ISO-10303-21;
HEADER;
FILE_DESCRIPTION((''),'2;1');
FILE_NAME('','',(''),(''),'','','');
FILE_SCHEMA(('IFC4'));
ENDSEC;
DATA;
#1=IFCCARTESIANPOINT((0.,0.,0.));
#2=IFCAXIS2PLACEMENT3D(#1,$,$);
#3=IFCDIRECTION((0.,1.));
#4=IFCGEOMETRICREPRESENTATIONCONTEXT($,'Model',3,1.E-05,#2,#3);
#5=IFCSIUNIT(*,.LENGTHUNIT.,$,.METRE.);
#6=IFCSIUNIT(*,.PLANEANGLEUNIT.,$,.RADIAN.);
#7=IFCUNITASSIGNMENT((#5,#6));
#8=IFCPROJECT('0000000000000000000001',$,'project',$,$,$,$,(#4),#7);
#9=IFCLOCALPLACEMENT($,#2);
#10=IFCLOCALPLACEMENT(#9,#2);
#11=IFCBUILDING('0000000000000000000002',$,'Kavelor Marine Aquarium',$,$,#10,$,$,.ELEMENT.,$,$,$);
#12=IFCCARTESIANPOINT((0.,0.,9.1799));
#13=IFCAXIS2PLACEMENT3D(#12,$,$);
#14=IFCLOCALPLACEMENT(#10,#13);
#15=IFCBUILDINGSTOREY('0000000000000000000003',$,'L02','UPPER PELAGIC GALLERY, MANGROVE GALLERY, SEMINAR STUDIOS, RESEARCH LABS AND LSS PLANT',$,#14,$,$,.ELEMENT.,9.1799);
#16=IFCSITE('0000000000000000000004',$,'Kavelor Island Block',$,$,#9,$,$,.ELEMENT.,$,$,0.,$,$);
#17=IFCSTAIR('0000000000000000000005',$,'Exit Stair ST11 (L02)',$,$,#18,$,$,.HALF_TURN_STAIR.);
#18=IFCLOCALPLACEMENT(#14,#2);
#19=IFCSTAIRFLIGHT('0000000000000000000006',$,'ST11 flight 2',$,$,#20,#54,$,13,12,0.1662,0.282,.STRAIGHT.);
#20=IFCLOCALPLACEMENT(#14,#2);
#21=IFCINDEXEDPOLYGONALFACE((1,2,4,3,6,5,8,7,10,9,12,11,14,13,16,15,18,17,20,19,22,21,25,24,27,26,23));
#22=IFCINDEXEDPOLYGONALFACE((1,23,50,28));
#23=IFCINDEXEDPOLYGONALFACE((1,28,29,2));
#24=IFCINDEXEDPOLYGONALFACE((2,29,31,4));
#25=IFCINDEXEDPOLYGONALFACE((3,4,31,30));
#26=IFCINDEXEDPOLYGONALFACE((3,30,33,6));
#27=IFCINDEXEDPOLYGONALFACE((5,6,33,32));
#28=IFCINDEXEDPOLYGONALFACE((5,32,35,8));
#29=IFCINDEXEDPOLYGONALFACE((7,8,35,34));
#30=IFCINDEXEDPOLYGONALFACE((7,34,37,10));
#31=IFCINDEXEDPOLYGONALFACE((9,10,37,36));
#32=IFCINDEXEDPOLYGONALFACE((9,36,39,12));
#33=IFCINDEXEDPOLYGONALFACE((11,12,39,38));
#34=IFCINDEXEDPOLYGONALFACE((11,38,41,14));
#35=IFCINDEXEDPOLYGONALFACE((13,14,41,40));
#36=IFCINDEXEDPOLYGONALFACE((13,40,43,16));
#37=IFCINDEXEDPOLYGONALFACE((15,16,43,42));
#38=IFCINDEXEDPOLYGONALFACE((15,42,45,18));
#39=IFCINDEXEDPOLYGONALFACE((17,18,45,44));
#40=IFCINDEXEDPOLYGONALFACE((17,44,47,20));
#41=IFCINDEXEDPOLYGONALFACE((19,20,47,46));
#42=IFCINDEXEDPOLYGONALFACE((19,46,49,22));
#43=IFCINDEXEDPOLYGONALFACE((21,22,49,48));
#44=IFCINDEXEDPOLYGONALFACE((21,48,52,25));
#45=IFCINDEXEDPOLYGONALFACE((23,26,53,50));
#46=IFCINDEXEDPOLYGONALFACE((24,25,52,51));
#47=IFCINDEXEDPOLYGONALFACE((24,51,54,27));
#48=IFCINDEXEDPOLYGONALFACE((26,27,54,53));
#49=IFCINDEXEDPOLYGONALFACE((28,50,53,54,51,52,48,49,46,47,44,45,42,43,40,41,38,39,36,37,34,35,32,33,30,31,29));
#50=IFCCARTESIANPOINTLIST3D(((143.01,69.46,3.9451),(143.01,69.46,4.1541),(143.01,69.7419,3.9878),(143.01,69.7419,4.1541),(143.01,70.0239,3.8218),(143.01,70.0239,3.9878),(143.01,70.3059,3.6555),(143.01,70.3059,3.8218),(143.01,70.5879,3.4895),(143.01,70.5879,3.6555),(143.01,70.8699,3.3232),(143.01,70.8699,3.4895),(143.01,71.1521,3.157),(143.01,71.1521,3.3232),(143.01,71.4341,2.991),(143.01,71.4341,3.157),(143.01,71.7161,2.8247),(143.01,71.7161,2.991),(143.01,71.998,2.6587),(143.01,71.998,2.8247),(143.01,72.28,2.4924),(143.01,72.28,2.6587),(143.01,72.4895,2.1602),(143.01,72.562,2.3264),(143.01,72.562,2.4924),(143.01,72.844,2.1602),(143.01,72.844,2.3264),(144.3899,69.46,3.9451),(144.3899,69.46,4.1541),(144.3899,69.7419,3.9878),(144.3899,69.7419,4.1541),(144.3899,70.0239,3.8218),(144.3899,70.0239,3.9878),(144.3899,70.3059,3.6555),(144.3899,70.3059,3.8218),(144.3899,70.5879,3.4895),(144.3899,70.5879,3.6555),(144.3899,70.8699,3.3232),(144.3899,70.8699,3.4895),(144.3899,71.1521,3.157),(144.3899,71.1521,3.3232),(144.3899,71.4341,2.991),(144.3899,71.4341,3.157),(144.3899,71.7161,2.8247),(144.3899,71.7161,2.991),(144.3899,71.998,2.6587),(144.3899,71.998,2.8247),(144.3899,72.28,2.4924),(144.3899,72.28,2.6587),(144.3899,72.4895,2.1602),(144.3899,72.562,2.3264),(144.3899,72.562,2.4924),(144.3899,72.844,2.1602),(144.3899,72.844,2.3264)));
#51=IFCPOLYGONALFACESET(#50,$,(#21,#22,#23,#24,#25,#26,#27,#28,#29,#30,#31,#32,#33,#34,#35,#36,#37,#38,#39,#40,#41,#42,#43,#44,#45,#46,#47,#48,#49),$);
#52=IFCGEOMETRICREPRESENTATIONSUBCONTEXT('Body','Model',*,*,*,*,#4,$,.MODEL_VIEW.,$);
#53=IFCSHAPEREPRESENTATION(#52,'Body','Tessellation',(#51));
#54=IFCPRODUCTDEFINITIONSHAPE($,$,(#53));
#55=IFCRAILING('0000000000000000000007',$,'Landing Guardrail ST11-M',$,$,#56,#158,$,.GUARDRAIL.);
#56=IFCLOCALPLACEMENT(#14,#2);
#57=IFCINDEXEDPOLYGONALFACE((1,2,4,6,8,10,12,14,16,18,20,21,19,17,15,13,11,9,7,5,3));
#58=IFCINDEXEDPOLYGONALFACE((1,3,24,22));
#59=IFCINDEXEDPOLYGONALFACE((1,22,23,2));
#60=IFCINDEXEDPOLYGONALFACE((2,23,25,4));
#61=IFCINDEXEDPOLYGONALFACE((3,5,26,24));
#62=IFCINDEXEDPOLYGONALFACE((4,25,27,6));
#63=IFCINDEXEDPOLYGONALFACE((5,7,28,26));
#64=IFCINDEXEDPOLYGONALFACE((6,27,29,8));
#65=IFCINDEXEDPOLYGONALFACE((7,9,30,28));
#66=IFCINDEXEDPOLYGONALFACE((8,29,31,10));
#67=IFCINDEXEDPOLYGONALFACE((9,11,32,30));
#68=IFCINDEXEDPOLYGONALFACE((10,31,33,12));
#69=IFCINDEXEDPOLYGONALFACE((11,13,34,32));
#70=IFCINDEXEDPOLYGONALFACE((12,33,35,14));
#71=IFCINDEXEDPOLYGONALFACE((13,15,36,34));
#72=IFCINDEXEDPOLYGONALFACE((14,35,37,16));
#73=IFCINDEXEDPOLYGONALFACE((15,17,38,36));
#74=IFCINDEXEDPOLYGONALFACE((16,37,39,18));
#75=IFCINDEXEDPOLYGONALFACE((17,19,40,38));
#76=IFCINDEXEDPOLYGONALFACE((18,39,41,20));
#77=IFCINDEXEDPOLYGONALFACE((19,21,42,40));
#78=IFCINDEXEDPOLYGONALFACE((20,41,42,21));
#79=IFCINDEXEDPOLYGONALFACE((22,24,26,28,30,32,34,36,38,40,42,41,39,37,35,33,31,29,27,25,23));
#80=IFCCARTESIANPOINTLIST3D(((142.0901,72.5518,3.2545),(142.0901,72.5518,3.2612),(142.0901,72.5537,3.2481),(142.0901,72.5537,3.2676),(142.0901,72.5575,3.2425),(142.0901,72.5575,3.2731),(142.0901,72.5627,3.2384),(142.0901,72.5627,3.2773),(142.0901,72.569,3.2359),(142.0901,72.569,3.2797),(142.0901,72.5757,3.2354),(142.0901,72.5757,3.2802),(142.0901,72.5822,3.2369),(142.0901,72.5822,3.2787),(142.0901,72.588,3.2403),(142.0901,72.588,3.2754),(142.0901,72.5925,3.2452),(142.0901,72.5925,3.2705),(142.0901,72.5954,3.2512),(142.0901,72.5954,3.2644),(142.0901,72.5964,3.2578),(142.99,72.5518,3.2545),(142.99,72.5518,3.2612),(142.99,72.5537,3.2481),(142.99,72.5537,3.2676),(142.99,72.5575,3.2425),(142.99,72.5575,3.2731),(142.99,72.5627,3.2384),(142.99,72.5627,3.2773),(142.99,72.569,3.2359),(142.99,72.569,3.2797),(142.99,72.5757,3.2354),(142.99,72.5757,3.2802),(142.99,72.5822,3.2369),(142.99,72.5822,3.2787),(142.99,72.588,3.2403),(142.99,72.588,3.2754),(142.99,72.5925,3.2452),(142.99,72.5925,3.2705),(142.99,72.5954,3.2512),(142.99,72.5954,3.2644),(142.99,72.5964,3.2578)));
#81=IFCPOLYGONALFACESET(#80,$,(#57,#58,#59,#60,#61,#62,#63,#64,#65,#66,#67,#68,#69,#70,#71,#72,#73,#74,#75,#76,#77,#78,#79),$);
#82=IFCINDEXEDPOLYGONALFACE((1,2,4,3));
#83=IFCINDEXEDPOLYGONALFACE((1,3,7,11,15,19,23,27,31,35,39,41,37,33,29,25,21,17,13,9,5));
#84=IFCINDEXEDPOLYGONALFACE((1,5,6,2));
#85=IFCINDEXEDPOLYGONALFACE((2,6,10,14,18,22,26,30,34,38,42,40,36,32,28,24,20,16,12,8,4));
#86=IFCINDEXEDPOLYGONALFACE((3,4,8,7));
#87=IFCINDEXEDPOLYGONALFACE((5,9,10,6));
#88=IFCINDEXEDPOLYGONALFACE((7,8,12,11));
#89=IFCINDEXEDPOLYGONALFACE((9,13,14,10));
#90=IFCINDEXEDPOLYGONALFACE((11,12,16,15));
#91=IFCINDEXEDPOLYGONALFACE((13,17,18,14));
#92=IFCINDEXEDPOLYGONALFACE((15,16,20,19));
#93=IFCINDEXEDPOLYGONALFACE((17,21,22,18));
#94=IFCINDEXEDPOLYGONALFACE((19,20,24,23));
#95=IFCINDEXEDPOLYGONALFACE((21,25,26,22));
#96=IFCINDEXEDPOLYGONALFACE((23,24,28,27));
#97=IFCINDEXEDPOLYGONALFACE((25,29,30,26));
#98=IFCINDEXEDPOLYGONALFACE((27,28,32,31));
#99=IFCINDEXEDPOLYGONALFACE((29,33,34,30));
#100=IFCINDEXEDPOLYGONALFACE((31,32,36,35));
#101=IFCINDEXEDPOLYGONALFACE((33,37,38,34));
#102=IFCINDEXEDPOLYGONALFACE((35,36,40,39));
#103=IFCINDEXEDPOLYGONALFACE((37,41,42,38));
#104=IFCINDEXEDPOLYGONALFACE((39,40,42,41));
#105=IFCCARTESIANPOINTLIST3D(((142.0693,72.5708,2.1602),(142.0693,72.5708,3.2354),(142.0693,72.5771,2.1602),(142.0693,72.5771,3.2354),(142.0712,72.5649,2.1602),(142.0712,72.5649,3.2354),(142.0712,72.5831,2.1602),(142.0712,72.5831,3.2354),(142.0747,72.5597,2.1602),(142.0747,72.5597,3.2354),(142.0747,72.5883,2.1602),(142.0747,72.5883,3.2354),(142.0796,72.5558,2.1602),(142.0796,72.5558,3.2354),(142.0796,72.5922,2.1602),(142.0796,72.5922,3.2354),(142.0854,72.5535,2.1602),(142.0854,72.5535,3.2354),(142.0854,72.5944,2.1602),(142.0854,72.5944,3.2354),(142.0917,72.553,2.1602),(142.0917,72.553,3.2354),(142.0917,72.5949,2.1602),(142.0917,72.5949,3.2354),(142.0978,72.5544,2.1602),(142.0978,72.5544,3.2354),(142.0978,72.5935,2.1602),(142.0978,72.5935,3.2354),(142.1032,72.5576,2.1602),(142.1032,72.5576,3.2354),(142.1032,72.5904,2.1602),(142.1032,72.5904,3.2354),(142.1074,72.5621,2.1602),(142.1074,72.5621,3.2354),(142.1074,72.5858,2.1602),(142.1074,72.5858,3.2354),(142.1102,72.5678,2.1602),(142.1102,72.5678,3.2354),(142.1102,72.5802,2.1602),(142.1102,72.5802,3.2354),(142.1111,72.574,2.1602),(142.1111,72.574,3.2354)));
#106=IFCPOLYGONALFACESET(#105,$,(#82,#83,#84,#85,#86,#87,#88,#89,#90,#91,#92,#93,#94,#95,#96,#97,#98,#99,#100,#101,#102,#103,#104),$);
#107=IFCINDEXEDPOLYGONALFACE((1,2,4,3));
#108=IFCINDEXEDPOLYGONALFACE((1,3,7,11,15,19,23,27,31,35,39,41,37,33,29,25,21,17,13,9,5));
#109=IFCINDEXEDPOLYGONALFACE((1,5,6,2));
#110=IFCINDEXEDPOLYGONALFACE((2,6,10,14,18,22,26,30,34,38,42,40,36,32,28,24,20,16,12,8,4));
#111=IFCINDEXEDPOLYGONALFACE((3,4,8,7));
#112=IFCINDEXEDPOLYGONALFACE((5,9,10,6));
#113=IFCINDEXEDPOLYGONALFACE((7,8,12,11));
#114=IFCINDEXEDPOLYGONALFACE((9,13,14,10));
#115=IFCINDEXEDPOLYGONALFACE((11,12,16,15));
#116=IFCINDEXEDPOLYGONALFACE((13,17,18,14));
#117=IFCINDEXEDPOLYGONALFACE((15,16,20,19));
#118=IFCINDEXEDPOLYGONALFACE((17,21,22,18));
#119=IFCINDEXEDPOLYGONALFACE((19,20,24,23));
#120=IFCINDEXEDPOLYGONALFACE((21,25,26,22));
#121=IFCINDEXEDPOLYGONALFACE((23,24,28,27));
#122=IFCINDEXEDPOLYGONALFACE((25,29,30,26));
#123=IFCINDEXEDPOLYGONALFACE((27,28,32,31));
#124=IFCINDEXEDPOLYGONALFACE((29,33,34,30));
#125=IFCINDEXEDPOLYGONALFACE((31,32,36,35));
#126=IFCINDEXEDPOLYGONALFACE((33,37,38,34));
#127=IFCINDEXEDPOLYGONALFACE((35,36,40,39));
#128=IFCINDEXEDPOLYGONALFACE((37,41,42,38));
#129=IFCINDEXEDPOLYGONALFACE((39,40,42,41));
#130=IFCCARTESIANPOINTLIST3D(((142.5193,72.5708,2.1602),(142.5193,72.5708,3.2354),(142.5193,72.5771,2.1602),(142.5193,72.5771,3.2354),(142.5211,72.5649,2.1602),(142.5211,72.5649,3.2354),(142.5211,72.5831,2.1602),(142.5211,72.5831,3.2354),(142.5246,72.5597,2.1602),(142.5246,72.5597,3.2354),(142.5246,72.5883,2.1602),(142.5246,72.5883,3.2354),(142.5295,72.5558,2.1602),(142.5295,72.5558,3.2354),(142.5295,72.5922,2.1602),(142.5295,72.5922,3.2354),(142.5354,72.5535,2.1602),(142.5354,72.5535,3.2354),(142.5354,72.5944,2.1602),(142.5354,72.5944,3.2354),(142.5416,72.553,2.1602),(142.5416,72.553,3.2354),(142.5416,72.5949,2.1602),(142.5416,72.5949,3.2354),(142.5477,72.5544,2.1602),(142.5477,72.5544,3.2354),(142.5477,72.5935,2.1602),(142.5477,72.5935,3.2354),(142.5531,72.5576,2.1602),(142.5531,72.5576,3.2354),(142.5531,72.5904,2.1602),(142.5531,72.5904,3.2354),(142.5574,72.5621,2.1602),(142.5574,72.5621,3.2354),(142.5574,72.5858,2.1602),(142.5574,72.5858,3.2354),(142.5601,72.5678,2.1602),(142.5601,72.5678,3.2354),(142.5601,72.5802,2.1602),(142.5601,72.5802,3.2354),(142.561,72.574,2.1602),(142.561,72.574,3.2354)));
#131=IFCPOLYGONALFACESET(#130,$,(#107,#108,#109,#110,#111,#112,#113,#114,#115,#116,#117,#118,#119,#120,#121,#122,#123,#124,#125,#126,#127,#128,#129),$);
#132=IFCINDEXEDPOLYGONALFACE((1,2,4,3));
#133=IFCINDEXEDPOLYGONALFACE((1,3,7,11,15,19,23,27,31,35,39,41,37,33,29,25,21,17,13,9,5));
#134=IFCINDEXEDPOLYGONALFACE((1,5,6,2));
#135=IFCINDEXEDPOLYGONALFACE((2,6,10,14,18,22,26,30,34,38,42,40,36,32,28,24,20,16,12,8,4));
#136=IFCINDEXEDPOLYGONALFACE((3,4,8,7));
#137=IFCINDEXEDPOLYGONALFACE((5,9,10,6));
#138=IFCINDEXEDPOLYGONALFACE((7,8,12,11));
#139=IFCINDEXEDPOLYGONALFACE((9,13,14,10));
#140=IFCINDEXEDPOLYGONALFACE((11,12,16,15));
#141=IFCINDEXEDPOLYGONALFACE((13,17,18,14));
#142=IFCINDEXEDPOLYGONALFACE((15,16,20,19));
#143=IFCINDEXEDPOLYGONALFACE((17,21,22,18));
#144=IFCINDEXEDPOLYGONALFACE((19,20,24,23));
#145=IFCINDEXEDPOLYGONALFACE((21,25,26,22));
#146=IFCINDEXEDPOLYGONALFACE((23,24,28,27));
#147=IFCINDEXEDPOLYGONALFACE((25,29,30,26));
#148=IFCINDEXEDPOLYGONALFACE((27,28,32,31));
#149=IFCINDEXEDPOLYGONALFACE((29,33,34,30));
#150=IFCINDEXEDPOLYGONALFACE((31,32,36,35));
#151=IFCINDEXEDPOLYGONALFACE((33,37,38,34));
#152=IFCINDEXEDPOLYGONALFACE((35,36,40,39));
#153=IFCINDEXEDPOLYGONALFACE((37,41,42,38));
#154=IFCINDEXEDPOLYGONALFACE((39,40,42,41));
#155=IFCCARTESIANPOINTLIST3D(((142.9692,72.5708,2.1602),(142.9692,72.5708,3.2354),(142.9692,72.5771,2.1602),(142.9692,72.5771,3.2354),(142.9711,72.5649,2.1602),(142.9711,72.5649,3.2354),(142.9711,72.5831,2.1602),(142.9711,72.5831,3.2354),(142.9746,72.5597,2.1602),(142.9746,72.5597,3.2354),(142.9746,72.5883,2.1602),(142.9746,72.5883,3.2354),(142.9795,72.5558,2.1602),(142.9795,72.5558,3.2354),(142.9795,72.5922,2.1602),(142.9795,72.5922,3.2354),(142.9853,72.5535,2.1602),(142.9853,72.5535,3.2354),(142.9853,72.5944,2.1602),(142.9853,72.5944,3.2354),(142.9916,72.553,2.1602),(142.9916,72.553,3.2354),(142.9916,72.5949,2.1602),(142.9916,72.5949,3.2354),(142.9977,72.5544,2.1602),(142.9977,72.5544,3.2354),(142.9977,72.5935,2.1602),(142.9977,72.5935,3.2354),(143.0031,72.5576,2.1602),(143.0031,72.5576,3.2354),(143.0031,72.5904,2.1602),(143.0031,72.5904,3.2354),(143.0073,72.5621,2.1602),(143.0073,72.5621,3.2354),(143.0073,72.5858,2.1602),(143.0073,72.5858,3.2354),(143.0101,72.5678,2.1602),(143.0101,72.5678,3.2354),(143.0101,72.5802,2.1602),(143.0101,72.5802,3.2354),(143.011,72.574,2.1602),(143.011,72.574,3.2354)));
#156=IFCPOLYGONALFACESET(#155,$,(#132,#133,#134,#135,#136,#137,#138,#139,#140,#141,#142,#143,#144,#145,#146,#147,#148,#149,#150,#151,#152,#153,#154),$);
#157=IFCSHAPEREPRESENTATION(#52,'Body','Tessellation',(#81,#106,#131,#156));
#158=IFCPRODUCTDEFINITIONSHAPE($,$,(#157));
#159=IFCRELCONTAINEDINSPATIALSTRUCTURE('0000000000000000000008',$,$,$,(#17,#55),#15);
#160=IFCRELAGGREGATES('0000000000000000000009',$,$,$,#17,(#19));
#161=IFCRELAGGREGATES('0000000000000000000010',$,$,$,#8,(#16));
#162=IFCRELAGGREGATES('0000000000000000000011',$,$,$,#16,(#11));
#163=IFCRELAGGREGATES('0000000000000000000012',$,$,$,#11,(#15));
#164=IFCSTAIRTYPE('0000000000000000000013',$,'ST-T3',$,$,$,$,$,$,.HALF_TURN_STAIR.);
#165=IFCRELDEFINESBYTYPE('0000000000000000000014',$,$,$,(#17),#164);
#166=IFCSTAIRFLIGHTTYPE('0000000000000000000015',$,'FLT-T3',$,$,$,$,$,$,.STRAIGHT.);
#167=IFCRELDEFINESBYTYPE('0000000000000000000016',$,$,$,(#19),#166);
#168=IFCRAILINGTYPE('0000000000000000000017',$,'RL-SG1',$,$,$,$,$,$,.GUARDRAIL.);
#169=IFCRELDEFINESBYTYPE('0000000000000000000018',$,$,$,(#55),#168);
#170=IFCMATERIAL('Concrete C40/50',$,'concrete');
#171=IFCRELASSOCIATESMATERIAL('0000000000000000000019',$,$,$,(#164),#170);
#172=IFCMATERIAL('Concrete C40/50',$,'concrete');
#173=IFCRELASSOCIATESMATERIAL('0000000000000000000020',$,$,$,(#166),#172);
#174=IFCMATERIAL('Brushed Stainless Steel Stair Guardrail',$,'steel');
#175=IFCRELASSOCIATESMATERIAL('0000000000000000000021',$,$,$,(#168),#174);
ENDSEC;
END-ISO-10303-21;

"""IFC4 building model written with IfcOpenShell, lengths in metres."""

from ifc_helpers import new_model, si_unit, direction, frame, origin, origin_2d, place, context, subcontext, project, spatial, polyline, circle, outline, extrude, material, type_object, element, aggregate, save


model = new_model("IFC4")

# Units and contexts
model_context = context("Model", 3, precision=1e-05, world=origin(), true_north=direction((0.0, 1.0)))
body_context = subcontext(model_context, "Body", "Model", "MODEL_VIEW")
ifc_project = project(units=[si_unit("LENGTHUNIT", "METRE"), si_unit("PLANEANGLEUNIT", "RADIAN")], contexts=[model_context])

# Site, building, storey
site_placement = place(None, origin())
site = spatial("IfcSite", under=ifc_project, at=site_placement, Name="Kavelor Island Block", CompositionType="ELEMENT", RefElevation=0.0)
building_placement = place(site_placement, origin())
building = spatial("IfcBuilding", under=site, at=building_placement, Name="Kavelor Marine Aquarium", CompositionType="ELEMENT")
storey_placement = place(building_placement, frame((0.0, 0.0, 9.1799)))
storey = spatial("IfcBuildingStorey", under=building, at=storey_placement, Name="L02", Description="UPPER PELAGIC GALLERY, MANGROVE GALLERY, SEMINAR STUDIOS, RESEARCH LABS AND LSS PLANT", CompositionType="ELEMENT", Elevation=9.1799)

# Stair, stair flight
ifc_material_1 = material(Name="Concrete C40/50", Category="concrete")
stair_type = type_object("IfcStairType", Name="ST-T3", PredefinedType="HALF_TURN_STAIR", material=ifc_material_1)
stair_placement = place(storey_placement, origin())
stair = element("IfcStair", 1, at=stair_placement, inside=storey, type_object=stair_type, Name="Exit Stair ST11 (L02)", PredefinedType="HALF_TURN_STAIR")
ifc_material_2 = material(Name="Concrete C40/50", Category="concrete")
stair_flight_type = type_object("IfcStairFlightType", Name="FLT-T3", PredefinedType="STRAIGHT", material=ifc_material_2)
stair_flight_placement = place(storey_placement, frame((143.7, 72.844, 2.1602), z_axis=(0.0, 0.0, 1.0), x_axis=(0.0, -1.0, 0.0)))
stair_flight = element("IfcStairFlight", 2, at=stair_flight_placement, type_object=stair_flight_type, Name="ST11 flight 2", NumberOfRisers=13, NumberOfTreads=12, PredefinedType="STRAIGHT", RiserHeight=0.1662, TreadLength=0.282, context=body_context, shape_type="SweptSolid", body=[
    extrude(outline(polyline([(0.0, 0.0), (0.0, 0.1663), (0.282, 0.1663), (0.282, 0.3323), (0.564, 0.3323), (0.564, 0.4985), (0.8459, 0.4985), (0.8459, 0.6646), (1.1279, 0.6646), (1.1279, 0.8308), (1.4099, 0.8308), (1.4099, 0.9968), (1.6919, 0.9968), (1.6919, 1.1631), (1.9741, 1.1631), (1.9741, 1.3293), (2.2561, 1.3293), (2.2561, 1.4954), (2.5381, 1.4954), (2.5381, 1.6616), (2.8201, 1.6616), (2.8201, 1.8276), (3.1021, 1.8276), (3.1021, 1.9939), (3.384, 1.9939), (3.384, 2.1599), (3.384, 1.7849), (0.3545, 0.0), (0.0, 0.0)])), frame((0.0, 0.6899, 0.0), z_axis=(0.0, -1.0, 0.0), x_axis=(1.0, 0.0, 0.0)), (0.0, 0.0, 1.0), 1.3799),
])
aggregate(stair, [stair_flight])

# Railing
ifc_material_3 = material(Name="Brushed Stainless Steel Stair Guardrail", Category="steel")
railing_type = type_object("IfcRailingType", Name="RL-SG1", PredefinedType="GUARDRAIL", material=ifc_material_3)
railing_placement = place(storey_placement, frame((142.0901, 72.574, 2.1602)))
element("IfcRailing", 3, at=railing_placement, inside=storey, type_object=railing_type, Name="Landing Guardrail ST11-M", PredefinedType="GUARDRAIL", context=body_context, shape_type="SweptSolid", body=[
    extrude(circle(Radius=0.0225, at=origin_2d()), frame((0.0, 0.0, 1.0977), z_axis=(1.0, 0.0, 0.0), x_axis=(0.0, 1.0, 0.0)), (0.0, 0.0, 1.0), 0.8999),
    extrude(circle(Radius=0.021, at=origin_2d()), origin(), (0.0, 0.0, 1.0), 1.0752),
    extrude(circle(Radius=0.021, at=origin_2d()), frame((0.45, 0.0, 0.0)), (0.0, 0.0, 1.0), 1.0752),
    extrude(circle(Radius=0.021, at=origin_2d()), frame((0.8999, 0.0, 0.0)), (0.0, 0.0, 1.0), 1.0752),
])

save(model, "model.ifc")
